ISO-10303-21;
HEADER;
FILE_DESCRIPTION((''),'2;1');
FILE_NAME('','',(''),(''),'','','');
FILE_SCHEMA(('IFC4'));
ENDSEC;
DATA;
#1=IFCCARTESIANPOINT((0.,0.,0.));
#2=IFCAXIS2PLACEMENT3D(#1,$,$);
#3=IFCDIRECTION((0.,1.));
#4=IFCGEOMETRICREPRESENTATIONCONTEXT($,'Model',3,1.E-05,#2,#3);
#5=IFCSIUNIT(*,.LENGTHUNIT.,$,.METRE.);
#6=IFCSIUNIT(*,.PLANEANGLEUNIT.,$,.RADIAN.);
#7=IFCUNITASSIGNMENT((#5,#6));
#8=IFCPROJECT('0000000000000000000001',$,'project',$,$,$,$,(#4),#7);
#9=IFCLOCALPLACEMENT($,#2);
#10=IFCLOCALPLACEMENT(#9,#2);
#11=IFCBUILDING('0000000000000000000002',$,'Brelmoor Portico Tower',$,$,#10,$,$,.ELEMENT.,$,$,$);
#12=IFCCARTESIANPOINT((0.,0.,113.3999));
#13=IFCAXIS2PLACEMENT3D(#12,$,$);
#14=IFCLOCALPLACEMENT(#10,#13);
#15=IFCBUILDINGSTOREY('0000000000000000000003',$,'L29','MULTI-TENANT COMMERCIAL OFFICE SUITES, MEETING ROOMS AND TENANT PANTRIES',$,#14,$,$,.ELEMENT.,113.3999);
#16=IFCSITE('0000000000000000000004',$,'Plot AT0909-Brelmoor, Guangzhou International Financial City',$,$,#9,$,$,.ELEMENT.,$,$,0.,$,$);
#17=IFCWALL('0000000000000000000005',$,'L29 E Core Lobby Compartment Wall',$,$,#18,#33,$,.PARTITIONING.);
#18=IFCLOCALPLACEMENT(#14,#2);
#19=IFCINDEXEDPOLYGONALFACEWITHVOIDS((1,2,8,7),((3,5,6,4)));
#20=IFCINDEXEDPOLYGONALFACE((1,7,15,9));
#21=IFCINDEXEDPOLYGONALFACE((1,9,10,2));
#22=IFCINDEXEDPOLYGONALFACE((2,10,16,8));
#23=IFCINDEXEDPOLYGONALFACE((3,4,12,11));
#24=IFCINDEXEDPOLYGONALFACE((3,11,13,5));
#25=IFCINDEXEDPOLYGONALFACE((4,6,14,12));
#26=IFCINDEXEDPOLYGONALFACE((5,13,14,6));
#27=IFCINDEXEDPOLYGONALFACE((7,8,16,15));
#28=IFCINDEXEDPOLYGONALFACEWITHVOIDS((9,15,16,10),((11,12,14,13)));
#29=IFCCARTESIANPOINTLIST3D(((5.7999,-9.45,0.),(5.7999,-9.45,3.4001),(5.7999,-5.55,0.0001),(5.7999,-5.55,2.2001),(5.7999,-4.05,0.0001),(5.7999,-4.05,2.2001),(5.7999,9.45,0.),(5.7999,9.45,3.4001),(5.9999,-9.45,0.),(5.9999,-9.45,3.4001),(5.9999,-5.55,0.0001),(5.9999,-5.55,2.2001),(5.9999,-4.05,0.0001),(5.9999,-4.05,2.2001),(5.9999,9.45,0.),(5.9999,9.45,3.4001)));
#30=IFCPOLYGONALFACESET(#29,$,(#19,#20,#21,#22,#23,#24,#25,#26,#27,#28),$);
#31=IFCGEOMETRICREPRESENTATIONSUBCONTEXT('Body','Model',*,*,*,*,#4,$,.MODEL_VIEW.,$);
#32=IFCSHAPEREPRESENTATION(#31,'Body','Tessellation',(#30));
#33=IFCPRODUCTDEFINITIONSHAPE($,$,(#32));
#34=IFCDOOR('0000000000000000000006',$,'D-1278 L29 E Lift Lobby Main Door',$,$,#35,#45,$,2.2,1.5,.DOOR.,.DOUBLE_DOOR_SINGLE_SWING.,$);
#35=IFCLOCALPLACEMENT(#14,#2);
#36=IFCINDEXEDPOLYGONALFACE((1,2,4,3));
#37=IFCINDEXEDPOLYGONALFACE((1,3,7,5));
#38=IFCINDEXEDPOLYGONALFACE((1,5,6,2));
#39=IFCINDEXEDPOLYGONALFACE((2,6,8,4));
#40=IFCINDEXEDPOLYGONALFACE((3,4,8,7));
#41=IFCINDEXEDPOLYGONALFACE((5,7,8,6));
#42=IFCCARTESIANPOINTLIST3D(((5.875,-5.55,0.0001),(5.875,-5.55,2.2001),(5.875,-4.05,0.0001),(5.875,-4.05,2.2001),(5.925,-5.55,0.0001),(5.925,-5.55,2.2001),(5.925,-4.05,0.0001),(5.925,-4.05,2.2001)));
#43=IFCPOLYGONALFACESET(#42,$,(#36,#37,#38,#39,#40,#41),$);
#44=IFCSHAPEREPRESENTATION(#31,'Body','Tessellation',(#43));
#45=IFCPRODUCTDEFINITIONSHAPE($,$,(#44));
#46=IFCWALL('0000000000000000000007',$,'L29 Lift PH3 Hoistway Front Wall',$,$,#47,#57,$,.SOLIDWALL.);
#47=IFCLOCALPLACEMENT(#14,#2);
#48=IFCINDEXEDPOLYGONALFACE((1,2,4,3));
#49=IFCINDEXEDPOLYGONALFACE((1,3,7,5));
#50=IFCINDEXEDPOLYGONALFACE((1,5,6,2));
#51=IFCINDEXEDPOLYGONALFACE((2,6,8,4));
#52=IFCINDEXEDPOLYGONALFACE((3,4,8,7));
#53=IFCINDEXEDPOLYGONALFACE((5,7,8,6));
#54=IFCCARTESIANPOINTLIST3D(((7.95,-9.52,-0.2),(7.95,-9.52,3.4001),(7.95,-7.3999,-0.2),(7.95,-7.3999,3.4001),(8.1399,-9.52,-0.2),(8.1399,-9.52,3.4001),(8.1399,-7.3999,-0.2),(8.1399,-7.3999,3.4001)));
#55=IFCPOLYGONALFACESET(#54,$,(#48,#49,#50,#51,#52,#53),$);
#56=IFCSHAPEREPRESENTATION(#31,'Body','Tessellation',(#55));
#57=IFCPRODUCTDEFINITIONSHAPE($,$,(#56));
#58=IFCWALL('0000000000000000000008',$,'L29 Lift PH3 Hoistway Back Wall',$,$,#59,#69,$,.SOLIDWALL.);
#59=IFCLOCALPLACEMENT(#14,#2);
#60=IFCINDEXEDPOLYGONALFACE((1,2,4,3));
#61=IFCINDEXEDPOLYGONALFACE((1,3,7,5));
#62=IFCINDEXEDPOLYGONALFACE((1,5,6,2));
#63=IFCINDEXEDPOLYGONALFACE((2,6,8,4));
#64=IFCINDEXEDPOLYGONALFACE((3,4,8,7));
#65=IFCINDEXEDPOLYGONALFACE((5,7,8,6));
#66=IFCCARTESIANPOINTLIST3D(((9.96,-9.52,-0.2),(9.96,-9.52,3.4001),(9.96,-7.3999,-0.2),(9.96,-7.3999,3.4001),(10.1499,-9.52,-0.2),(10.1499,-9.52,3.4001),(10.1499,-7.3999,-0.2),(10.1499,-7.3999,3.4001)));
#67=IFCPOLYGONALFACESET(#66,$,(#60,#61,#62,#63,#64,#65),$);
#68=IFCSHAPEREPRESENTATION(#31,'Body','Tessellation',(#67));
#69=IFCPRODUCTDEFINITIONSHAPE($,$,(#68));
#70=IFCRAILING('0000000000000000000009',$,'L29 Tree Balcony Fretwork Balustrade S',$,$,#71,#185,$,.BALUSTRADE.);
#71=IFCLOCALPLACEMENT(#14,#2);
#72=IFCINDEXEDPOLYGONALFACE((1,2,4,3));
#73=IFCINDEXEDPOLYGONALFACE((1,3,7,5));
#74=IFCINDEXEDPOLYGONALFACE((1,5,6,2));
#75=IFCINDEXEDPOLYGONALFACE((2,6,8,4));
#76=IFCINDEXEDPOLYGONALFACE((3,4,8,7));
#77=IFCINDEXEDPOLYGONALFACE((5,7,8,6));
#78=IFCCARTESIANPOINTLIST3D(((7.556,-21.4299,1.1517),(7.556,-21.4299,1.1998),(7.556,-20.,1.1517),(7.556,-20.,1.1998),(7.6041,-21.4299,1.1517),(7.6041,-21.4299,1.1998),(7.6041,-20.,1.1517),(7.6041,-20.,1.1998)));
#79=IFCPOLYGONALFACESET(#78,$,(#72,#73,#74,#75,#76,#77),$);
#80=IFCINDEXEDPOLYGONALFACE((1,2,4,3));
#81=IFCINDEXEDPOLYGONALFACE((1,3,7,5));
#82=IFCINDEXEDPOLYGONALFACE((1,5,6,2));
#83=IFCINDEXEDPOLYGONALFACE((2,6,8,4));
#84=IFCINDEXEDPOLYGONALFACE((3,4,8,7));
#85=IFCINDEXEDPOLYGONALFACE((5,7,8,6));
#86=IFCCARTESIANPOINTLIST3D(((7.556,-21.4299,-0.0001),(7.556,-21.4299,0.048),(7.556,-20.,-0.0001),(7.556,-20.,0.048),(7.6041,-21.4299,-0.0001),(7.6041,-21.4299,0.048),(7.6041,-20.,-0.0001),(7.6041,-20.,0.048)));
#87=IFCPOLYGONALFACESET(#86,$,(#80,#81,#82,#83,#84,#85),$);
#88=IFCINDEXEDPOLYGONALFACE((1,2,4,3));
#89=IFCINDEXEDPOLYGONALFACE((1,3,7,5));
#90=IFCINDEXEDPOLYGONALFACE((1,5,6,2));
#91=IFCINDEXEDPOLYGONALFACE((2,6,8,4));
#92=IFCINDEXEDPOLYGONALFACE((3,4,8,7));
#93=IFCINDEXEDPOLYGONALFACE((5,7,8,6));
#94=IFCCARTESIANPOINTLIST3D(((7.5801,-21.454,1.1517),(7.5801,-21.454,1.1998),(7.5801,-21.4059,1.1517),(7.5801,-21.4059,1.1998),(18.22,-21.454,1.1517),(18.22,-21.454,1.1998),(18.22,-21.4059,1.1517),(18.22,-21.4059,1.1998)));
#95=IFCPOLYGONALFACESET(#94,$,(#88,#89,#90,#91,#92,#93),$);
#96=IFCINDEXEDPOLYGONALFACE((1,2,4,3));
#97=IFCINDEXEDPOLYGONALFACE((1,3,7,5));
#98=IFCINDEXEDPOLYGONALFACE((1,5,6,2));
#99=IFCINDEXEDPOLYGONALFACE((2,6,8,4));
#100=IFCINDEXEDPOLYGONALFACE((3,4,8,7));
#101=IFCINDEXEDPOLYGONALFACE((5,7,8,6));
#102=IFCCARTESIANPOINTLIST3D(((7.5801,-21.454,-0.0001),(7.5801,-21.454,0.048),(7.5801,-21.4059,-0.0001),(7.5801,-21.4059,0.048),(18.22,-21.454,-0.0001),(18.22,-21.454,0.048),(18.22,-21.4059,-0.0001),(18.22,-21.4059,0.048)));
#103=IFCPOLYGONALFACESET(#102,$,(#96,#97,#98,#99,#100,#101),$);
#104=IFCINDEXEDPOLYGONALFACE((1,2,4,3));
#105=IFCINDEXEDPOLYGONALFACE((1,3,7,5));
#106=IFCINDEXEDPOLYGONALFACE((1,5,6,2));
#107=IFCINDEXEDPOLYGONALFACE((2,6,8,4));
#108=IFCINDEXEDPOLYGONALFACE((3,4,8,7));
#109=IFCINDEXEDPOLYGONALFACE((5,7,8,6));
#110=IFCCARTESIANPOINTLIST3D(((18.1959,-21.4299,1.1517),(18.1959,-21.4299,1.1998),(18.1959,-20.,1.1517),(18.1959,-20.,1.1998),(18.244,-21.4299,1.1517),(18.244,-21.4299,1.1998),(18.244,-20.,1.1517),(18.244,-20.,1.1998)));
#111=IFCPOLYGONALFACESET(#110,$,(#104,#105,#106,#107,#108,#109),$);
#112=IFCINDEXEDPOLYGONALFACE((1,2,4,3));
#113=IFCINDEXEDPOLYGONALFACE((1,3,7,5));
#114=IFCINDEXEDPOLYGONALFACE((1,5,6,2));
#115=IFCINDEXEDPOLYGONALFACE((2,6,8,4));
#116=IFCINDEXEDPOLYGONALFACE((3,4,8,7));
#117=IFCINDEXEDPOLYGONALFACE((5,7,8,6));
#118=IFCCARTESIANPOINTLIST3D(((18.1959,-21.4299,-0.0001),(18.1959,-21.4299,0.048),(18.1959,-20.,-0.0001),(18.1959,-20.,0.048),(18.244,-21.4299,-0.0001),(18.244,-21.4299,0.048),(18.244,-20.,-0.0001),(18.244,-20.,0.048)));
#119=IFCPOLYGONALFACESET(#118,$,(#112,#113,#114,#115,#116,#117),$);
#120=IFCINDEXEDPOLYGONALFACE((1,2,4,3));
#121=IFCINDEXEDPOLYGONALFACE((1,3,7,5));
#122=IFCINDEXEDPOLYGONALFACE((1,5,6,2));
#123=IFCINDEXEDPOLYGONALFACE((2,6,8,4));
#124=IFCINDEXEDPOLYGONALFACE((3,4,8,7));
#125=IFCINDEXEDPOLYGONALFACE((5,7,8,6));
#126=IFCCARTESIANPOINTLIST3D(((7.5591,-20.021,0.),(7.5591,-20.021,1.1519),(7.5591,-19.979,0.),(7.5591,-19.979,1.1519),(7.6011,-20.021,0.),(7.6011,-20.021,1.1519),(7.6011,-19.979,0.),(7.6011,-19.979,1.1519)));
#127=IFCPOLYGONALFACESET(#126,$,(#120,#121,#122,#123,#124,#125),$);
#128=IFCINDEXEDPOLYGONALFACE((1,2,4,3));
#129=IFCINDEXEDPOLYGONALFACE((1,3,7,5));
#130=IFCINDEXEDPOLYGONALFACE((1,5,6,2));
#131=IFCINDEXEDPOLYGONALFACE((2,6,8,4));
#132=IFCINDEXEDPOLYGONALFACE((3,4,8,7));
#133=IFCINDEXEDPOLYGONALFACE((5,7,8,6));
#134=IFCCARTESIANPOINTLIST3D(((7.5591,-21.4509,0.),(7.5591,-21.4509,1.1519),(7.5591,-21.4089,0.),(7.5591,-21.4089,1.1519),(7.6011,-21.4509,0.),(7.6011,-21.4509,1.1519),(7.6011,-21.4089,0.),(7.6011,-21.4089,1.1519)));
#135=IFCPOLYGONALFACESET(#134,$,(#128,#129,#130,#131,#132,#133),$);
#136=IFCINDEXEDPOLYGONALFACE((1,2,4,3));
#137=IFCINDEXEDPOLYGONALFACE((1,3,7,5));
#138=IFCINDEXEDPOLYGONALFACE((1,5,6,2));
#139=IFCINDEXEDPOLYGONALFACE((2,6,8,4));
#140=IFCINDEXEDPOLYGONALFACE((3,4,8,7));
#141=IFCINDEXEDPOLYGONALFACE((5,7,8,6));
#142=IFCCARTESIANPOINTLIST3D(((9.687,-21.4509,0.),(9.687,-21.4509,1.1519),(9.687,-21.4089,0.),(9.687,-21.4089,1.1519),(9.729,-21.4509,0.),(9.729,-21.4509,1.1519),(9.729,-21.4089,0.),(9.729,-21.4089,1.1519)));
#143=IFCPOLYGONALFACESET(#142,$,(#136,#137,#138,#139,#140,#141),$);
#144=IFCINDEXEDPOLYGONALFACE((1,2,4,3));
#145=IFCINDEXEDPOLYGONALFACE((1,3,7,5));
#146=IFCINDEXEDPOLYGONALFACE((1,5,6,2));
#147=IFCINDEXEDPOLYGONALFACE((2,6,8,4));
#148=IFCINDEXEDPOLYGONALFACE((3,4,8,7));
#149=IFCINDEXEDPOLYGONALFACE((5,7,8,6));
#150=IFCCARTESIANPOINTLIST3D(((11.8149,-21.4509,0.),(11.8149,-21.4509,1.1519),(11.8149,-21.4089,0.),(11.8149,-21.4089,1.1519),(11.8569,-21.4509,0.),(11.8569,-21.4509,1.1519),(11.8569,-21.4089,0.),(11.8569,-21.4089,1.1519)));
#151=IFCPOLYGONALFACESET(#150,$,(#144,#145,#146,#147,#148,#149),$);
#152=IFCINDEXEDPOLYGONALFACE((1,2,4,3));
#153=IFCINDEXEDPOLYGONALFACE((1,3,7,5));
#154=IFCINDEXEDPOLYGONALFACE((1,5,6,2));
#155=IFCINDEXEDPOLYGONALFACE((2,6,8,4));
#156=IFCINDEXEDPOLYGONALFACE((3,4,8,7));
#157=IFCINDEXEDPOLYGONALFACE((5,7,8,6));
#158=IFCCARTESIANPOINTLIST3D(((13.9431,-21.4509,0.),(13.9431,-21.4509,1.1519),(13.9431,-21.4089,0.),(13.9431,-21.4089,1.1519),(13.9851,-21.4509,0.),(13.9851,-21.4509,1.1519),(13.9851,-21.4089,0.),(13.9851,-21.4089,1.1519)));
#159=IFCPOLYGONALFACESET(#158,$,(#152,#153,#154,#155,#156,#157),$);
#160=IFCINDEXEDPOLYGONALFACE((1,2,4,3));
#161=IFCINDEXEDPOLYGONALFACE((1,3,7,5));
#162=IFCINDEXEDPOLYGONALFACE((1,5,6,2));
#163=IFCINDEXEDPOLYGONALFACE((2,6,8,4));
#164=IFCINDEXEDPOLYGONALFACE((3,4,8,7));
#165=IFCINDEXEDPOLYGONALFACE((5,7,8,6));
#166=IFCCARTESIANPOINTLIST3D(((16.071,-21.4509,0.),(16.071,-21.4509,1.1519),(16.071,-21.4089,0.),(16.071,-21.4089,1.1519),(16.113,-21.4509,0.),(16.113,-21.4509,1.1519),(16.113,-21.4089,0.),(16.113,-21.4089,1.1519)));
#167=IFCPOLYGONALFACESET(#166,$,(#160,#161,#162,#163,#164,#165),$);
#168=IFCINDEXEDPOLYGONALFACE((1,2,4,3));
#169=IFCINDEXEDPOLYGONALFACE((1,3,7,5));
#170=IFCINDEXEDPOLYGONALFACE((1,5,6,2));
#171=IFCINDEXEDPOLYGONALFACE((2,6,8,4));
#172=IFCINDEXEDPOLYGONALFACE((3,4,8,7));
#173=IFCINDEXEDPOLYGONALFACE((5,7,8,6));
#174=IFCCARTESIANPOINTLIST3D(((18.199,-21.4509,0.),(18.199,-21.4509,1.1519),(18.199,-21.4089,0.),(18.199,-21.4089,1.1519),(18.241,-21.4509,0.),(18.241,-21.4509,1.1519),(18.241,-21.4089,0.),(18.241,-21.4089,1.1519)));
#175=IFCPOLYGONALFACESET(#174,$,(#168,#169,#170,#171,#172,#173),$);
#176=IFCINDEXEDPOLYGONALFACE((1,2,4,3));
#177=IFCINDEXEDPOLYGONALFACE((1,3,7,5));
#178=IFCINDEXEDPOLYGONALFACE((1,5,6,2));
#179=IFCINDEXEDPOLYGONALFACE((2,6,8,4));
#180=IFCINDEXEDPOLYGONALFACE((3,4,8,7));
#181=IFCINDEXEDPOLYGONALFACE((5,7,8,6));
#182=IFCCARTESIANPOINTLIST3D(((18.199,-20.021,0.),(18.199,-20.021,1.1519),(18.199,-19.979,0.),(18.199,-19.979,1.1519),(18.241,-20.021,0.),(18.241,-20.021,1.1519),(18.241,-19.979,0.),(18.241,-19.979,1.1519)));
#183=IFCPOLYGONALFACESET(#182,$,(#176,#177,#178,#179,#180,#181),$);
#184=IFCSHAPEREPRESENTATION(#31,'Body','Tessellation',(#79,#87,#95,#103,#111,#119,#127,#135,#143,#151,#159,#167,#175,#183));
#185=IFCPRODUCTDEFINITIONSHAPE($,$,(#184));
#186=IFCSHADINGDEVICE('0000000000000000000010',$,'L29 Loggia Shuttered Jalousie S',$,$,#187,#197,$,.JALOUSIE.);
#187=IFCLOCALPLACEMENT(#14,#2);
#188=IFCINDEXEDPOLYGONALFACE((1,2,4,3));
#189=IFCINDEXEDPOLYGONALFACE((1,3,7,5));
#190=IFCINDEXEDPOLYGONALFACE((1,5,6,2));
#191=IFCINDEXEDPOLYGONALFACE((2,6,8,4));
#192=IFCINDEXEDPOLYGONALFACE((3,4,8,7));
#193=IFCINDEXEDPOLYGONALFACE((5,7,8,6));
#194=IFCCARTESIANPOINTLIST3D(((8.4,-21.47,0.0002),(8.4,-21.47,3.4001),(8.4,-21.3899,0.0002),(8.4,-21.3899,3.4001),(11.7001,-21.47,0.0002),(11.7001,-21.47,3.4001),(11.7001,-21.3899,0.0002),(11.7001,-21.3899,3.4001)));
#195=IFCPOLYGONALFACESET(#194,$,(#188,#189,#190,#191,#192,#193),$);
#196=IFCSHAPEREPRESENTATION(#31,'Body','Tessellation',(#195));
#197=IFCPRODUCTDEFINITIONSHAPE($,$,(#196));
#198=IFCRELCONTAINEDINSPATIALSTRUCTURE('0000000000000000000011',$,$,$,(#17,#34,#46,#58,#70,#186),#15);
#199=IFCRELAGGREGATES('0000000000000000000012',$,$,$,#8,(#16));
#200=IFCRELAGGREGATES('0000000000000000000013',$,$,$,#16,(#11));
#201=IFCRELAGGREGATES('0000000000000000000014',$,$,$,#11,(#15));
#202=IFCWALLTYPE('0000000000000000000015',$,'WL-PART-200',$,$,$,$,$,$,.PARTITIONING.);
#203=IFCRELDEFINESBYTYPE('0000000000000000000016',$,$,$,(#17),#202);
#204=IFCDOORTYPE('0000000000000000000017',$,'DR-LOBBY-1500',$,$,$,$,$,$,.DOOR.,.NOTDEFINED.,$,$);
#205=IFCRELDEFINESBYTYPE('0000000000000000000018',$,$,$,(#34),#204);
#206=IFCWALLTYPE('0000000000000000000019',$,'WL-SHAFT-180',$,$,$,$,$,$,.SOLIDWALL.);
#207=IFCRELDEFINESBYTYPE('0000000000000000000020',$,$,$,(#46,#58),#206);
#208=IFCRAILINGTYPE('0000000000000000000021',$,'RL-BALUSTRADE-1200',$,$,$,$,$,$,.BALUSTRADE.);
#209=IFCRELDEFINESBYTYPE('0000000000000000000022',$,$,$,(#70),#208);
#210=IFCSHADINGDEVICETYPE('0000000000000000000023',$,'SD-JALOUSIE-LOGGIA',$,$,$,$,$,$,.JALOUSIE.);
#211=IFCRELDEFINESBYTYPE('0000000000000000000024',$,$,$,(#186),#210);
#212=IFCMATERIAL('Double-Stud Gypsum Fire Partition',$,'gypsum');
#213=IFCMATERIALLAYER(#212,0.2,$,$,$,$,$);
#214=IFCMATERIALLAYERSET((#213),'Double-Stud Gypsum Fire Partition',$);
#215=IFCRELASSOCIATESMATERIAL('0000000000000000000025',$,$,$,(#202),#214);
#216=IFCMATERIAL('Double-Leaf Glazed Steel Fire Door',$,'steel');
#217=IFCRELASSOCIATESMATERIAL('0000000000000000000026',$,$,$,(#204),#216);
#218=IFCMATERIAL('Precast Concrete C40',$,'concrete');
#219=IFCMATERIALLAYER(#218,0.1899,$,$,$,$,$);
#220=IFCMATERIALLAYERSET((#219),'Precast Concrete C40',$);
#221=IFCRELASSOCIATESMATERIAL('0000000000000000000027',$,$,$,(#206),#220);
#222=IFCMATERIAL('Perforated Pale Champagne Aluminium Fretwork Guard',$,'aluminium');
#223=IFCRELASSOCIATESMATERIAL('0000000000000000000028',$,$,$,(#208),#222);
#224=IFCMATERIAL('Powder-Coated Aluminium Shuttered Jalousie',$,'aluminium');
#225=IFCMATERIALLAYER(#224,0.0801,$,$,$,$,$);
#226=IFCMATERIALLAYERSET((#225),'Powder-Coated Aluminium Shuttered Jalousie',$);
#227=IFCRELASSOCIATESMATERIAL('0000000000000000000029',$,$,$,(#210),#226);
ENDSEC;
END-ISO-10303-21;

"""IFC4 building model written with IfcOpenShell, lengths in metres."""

from ifc_helpers import new_model, si_unit, direction, frame, frame_2d, origin, origin_2d, place, context, subcontext, project, spatial, rectangle, extrude, material, layer, layer_set, type_object, element, fill, save


model = new_model("IFC4")

# Units and contexts
model_context = context("Model", 3, precision=1e-05, world=origin(), true_north=direction((0.0, 1.0)))
body_context = subcontext(model_context, "Body", "Model", "MODEL_VIEW")
ifc_project = project(units=[si_unit("LENGTHUNIT", "METRE"), si_unit("PLANEANGLEUNIT", "RADIAN")], contexts=[model_context])

# Site, building, storey
site_placement = place(None, origin())
site = spatial("IfcSite", under=ifc_project, at=site_placement, Name="Plot AT0909-Brelmoor, Guangzhou International Financial City", CompositionType="ELEMENT", RefElevation=0.0)
building_placement = place(site_placement, origin())
building = spatial("IfcBuilding", under=site, at=building_placement, Name="Brelmoor Portico Tower", CompositionType="ELEMENT")
storey_placement = place(building_placement, frame((0.0, 0.0, 113.3999)))
storey = spatial("IfcBuildingStorey", under=building, at=storey_placement, Name="L29", Description="MULTI-TENANT COMMERCIAL OFFICE SUITES, MEETING ROOMS AND TENANT PANTRIES", CompositionType="ELEMENT", Elevation=113.3999)

# Wall, opening, door
ifc_material_1 = material(Name="Double-Stud Gypsum Fire Partition", Category="gypsum")
ifc_layer_1 = layer(ifc_material_1, 0.2)
ifc_layer_set_1 = layer_set([ifc_layer_1], Name="Double-Stud Gypsum Fire Partition")
wall_type_1 = type_object("IfcWallType", Name="WL-PART-200", PredefinedType="PARTITIONING", material=ifc_layer_set_1)
wall_1_placement = place(storey_placement, frame((5.8999, -9.45, 0.0), z_axis=(0.0, 0.0, 1.0), x_axis=(0.0, 1.0, 0.0)))
wall_1 = element("IfcWall", 1, at=wall_1_placement, inside=storey, type_object=wall_type_1, Name="L29 E Core Lobby Compartment Wall", PredefinedType="PARTITIONING", context=body_context, shape_type="SweptSolid", body=[
    extrude(rectangle(XDim=18.8999, YDim=0.2, at=frame_2d((9.45, 0.0))), origin(), (0.0, 0.0, 1.0), 3.4001),
])
opening_1_placement = place(wall_1_placement, frame((3.8999, 0.0, 0.0)))
opening_1 = element("IfcOpeningElement", 2, at=opening_1_placement, cuts=wall_1, PredefinedType="OPENING", context=body_context, shape_type="SweptSolid", body=[
    extrude(rectangle(XDim=1.5, YDim=2.2, at=frame_2d((0.75, 1.1001))), frame((0.0, 0.1099, 0.0), z_axis=(0.0, -1.0, 0.0), x_axis=(1.0, 0.0, 0.0)), (0.0, 0.0, 1.0), 0.22),
])
ifc_material_2 = material(Name="Double-Leaf Glazed Steel Fire Door", Category="steel")
door_type_1 = type_object("IfcDoorType", Name="DR-LOBBY-1500", OperationType="NOTDEFINED", PredefinedType="DOOR", material=ifc_material_2)
door_1_placement = place(opening_1_placement, origin())
door_1 = element("IfcDoor", 3, at=door_1_placement, inside=storey, type_object=door_type_1, Name="D-1278 L29 E Lift Lobby Main Door", OperationType="DOUBLE_DOOR_SINGLE_SWING", OverallHeight=2.2, OverallWidth=1.5, PredefinedType="DOOR", context=body_context, shape_type="SweptSolid", body=[
    extrude(rectangle(XDim=1.5, YDim=2.2, at=frame_2d((0.75, 1.1001))), frame((0.0, 0.0249, 0.0), z_axis=(0.0, -1.0, 0.0), x_axis=(1.0, 0.0, 0.0)), (0.0, 0.0, 1.0), 0.05),
])
fill(opening_1, door_1)

# Walls
ifc_material_3 = material(Name="Precast Concrete C40", Category="concrete")
ifc_layer_2 = layer(ifc_material_3, 0.1899)
ifc_layer_set_2 = layer_set([ifc_layer_2], Name="Precast Concrete C40")
wall_type_2 = type_object("IfcWallType", Name="WL-SHAFT-180", PredefinedType="SOLIDWALL", material=ifc_layer_set_2)
for number, where, z_axis, x_axis, name in (
    (4, (8.0449, -9.52, -0.2), (0.0, 0.0, 1.0), (0.0, 1.0, 0.0), "L29 Lift PH3 Hoistway Front Wall"),
    (5, (10.0549, -9.52, -0.2), (0.0, 0.0, 1.0), (0.0, 1.0, 0.0), "L29 Lift PH3 Hoistway Back Wall"),
):
    element("IfcWall", number, at=place(storey_placement, frame(where, z_axis=z_axis, x_axis=x_axis)), inside=storey, type_object=wall_type_2, Name=name, PredefinedType="SOLIDWALL", context=body_context, shape_type="SweptSolid", body=[
        extrude(rectangle(XDim=2.1201, YDim=0.1899, at=frame_2d((1.0601, 0.0))), origin(), (0.0, 0.0, 1.0), 3.6001),
    ])

# Railing
ifc_material_4 = material(Name="Perforated Pale Champagne Aluminium Fretwork Guard", Category="aluminium")
railing_type = type_object("IfcRailingType", Name="RL-BALUSTRADE-1200", PredefinedType="BALUSTRADE", material=ifc_material_4)
railing_placement = place(storey_placement, frame((7.5801, -20.0, 0.0)))
element("IfcRailing", 6, at=railing_placement, inside=storey, type_object=railing_type, Name="L29 Tree Balcony Fretwork Balustrade S", PredefinedType="BALUSTRADE", context=body_context, shape_type="SweptSolid", body=[
    extrude(rectangle(XDim=0.0481, YDim=0.0481, at=origin_2d()), frame((0.0, 0.0, 1.1758), z_axis=(0.0, -1.0, 0.0), x_axis=(1.0, 0.0, 0.0)), (0.0, 0.0, 1.0), 1.4299),
    extrude(rectangle(XDim=0.0481, YDim=0.0481, at=origin_2d()), frame((0.0, 0.0, 0.0239), z_axis=(0.0, -1.0, 0.0), x_axis=(1.0, 0.0, 0.0)), (0.0, 0.0, 1.0), 1.4299),
    extrude(rectangle(XDim=0.0481, YDim=0.0481, at=origin_2d()), frame((0.0, -1.4299, 1.1758), z_axis=(1.0, 0.0, 0.0), x_axis=(0.0, 1.0, 0.0)), (0.0, 0.0, 1.0), 10.6399),
    extrude(rectangle(XDim=0.0481, YDim=0.0481, at=origin_2d()), frame((0.0, -1.4299, 0.0239), z_axis=(1.0, 0.0, 0.0), x_axis=(0.0, 1.0, 0.0)), (0.0, 0.0, 1.0), 10.6399),
    extrude(rectangle(XDim=0.0481, YDim=0.0481, at=origin_2d()), frame((10.6399, -1.4299, 1.1758), z_axis=(0.0, 1.0, 0.0), x_axis=(-1.0, 0.0, 0.0)), (0.0, 0.0, 1.0), 1.4299),
    extrude(rectangle(XDim=0.0481, YDim=0.0481, at=origin_2d()), frame((10.6399, -1.4299, 0.0239), z_axis=(0.0, 1.0, 0.0), x_axis=(-1.0, 0.0, 0.0)), (0.0, 0.0, 1.0), 1.4299),
    extrude(rectangle(XDim=0.042, YDim=0.042, at=origin_2d()), origin(), (0.0, 0.0, 1.0), 1.1519),
    extrude(rectangle(XDim=0.042, YDim=0.042, at=origin_2d()), frame((0.0, -1.4299, 0.0)), (0.0, 0.0, 1.0), 1.1519),
    extrude(rectangle(XDim=0.042, YDim=0.042, at=origin_2d()), frame((2.1279, -1.4299, 0.0)), (0.0, 0.0, 1.0), 1.1519),
    extrude(rectangle(XDim=0.042, YDim=0.042, at=origin_2d()), frame((4.2559, -1.4299, 0.0)), (0.0, 0.0, 1.0), 1.1519),
    extrude(rectangle(XDim=0.042, YDim=0.042, at=origin_2d()), frame((6.384, -1.4299, 0.0)), (0.0, 0.0, 1.0), 1.1519),
    extrude(rectangle(XDim=0.042, YDim=0.042, at=origin_2d()), frame((8.512, -1.4299, 0.0)), (0.0, 0.0, 1.0), 1.1519),
    extrude(rectangle(XDim=0.042, YDim=0.042, at=origin_2d()), frame((10.6399, -1.4299, 0.0)), (0.0, 0.0, 1.0), 1.1519),
    extrude(rectangle(XDim=0.042, YDim=0.042, at=origin_2d()), frame((10.6399, 0.0, 0.0)), (0.0, 0.0, 1.0), 1.1519),
])

# Shading device
ifc_material_5 = material(Name="Powder-Coated Aluminium Shuttered Jalousie", Category="aluminium")
ifc_layer_3 = layer(ifc_material_5, 0.0801)
ifc_layer_set_3 = layer_set([ifc_layer_3], Name="Powder-Coated Aluminium Shuttered Jalousie")
shading_device_type = type_object("IfcShadingDeviceType", Name="SD-JALOUSIE-LOGGIA", PredefinedType="JALOUSIE", material=ifc_layer_set_3)
shading_device_placement = place(storey_placement, frame((10.05, -21.4299, 0.0002), z_axis=(0.0, 0.0, 1.0), x_axis=(1.0, 0.0, 0.0)))
element("IfcShadingDevice", 7, at=shading_device_placement, inside=storey, type_object=shading_device_type, Name="L29 Loggia Shuttered Jalousie S", PredefinedType="JALOUSIE", context=body_context, shape_type="SweptSolid", body=[
    extrude(rectangle(XDim=3.3, YDim=0.0801, at=origin_2d()), origin(), (0.0, 0.0, 1.0), 3.3999),
])

save(model, "model.ifc")
